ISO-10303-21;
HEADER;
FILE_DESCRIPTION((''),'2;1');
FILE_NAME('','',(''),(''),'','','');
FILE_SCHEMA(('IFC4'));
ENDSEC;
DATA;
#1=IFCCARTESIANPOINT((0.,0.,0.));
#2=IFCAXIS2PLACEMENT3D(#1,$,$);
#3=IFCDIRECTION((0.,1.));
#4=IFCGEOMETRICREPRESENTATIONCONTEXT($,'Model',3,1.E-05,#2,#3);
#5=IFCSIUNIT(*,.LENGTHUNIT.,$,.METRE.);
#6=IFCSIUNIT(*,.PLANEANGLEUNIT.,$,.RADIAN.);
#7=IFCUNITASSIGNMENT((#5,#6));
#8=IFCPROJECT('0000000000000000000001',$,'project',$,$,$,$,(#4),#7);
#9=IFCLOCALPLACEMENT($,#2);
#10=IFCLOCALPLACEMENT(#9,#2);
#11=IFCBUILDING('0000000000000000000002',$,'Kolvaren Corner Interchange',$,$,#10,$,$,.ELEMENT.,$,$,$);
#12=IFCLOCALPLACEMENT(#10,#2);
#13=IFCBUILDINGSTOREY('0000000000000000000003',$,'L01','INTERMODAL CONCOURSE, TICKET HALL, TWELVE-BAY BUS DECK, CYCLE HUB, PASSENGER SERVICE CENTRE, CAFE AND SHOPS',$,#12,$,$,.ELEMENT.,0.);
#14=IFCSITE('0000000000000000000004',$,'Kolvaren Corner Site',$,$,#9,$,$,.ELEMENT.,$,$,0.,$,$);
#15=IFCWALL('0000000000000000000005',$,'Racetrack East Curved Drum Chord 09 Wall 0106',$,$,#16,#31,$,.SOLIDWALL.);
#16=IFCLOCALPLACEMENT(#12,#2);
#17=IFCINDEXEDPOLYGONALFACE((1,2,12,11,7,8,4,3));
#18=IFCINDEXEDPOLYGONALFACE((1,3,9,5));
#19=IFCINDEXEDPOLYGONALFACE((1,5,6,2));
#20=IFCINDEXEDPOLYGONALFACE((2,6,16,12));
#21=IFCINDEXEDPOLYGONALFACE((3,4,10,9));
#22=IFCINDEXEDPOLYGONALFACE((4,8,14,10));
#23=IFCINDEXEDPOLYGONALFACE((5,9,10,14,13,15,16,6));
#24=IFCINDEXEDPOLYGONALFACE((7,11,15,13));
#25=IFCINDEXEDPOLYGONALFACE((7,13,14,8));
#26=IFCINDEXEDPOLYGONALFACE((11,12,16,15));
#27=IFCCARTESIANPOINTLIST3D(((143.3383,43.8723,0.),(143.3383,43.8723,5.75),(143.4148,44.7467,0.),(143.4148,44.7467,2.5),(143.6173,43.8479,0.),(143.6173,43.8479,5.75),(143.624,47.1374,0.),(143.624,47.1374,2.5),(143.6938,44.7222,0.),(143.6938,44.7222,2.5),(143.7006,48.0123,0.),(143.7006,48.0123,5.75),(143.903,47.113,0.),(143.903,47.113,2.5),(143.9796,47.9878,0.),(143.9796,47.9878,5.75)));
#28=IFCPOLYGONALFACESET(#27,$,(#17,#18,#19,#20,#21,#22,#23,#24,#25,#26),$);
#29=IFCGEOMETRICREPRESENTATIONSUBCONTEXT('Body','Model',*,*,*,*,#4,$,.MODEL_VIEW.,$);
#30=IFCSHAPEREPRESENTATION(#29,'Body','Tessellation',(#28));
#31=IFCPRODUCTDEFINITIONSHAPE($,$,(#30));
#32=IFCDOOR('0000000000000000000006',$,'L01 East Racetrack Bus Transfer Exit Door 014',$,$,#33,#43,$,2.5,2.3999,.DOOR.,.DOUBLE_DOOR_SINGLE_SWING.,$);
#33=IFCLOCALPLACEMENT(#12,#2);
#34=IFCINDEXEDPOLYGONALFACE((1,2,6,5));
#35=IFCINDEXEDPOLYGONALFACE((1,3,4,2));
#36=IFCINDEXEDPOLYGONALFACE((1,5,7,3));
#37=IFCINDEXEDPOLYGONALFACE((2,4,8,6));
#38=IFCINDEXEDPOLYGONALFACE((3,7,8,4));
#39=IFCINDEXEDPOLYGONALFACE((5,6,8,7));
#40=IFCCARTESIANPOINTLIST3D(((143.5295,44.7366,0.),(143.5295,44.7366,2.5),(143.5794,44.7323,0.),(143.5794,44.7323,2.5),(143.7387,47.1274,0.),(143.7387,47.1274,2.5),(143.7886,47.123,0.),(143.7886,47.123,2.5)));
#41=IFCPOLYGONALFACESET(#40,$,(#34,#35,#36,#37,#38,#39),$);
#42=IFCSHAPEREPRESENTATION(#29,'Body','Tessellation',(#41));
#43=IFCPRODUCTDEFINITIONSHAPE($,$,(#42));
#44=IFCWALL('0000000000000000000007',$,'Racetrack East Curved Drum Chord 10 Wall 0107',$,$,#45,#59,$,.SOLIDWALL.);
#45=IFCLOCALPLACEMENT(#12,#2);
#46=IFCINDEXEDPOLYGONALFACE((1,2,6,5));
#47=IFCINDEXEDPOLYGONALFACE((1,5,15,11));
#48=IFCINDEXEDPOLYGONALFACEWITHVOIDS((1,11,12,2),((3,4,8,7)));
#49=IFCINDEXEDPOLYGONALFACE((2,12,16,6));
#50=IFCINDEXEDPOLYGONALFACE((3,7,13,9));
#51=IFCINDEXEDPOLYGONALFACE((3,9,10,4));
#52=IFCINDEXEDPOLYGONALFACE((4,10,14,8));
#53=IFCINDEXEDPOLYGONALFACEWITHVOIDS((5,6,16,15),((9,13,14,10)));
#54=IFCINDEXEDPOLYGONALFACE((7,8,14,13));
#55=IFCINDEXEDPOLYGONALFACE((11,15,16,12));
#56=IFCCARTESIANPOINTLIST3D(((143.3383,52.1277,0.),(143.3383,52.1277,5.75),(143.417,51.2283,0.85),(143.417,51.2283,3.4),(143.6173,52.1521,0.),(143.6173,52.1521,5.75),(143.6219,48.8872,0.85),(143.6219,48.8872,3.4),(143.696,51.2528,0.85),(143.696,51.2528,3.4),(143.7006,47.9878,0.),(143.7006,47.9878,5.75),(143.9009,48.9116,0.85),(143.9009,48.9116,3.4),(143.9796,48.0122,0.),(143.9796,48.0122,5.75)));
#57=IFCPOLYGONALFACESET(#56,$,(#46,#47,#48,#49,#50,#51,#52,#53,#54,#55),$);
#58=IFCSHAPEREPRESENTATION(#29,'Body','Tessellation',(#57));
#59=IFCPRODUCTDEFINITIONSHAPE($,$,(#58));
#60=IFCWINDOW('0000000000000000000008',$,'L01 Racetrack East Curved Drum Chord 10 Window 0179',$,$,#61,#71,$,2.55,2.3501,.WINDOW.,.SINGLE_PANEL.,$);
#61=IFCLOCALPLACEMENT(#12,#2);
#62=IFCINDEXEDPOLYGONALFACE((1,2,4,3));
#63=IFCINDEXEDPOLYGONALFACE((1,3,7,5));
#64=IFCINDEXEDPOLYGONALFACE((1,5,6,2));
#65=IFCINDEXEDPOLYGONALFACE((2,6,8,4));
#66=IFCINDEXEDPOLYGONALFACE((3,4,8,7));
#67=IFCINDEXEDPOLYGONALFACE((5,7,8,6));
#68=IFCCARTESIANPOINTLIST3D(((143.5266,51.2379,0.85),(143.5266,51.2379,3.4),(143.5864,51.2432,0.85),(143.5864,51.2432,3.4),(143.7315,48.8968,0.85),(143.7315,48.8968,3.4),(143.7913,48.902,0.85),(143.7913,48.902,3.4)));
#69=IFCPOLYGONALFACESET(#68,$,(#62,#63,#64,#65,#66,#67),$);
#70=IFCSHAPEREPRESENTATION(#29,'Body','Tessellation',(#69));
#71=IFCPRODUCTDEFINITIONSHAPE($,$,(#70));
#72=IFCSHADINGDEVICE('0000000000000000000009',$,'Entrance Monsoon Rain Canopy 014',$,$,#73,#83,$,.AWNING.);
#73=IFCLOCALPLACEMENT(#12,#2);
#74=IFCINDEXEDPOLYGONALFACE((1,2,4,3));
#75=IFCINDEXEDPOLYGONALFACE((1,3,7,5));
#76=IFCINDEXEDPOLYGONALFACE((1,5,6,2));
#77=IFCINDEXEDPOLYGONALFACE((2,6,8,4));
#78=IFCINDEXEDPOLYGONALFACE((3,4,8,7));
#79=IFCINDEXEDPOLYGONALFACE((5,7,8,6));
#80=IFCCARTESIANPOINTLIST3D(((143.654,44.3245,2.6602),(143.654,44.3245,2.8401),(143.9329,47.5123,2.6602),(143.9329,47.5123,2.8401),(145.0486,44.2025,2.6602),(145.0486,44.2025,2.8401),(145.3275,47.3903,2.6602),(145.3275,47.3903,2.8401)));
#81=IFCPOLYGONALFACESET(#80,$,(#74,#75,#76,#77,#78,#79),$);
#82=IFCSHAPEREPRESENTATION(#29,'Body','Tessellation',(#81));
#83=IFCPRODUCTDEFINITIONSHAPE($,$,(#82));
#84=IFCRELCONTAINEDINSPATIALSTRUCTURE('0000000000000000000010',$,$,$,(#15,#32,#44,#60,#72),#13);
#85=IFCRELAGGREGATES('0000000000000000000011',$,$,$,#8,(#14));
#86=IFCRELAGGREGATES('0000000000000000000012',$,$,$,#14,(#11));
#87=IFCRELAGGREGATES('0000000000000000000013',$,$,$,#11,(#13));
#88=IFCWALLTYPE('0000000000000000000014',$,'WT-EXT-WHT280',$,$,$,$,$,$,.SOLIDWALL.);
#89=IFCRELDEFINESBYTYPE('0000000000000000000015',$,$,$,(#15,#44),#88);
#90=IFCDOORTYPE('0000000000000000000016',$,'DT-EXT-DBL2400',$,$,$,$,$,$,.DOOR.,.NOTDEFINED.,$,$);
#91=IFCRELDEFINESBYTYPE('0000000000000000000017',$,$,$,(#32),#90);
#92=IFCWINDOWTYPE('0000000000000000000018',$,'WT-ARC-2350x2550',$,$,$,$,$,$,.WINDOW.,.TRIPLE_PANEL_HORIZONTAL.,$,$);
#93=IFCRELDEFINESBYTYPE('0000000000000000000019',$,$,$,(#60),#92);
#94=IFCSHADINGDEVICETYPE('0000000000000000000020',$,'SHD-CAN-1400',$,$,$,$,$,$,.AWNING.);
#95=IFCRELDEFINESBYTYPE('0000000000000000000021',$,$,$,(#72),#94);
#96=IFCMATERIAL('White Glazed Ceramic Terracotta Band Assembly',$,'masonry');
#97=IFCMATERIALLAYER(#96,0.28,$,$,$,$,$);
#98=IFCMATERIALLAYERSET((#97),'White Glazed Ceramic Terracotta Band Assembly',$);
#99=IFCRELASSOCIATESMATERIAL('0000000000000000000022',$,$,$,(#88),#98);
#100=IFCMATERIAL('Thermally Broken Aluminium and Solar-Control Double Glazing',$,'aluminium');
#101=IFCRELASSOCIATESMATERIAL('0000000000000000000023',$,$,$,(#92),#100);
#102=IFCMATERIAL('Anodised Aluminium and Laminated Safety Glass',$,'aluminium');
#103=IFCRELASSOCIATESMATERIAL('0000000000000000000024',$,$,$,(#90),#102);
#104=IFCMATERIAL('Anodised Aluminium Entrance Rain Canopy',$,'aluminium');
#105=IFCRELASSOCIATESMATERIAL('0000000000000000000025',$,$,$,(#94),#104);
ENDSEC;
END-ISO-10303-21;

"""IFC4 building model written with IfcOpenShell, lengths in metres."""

from ifc_helpers import new_model, si_unit, direction, frame, frame_2d, origin, origin_2d, place, context, subcontext, project, spatial, rectangle, extrude, material, layer, layer_set, type_object, element, fill, save


model = new_model("IFC4")

# Units and contexts
model_context = context("Model", 3, precision=1e-05, world=origin(), true_north=direction((0.0, 1.0)))
body_context = subcontext(model_context, "Body", "Model", "MODEL_VIEW")
ifc_project = project(units=[si_unit("LENGTHUNIT", "METRE"), si_unit("PLANEANGLEUNIT", "RADIAN")], contexts=[model_context])

# Site, building, storey
site_placement = place(None, origin())
site = spatial("IfcSite", under=ifc_project, at=site_placement, Name="Kolvaren Corner Site", CompositionType="ELEMENT", RefElevation=0.0)
building_placement = place(site_placement, origin())
building = spatial("IfcBuilding", under=site, at=building_placement, Name="Kolvaren Corner Interchange", CompositionType="ELEMENT")
storey_placement = place(building_placement, origin())
storey = spatial("IfcBuildingStorey", under=building, at=storey_placement, Name="L01", Description="INTERMODAL CONCOURSE, TICKET HALL, TWELVE-BAY BUS DECK, CYCLE HUB, PASSENGER SERVICE CENTRE, CAFE AND SHOPS", CompositionType="ELEMENT", Elevation=0.0)

# Shared definitions
ifc_material_1 = material(Name="White Glazed Ceramic Terracotta Band Assembly", Category="masonry")
ifc_layer_1 = layer(ifc_material_1, 0.28)
ifc_layer_set_1 = layer_set([ifc_layer_1], Name="White Glazed Ceramic Terracotta Band Assembly")
wall_type = type_object("IfcWallType", Name="WT-EXT-WHT280", PredefinedType="SOLIDWALL", material=ifc_layer_set_1)
ifc_material_2 = material(Name="Thermally Broken Aluminium and Solar-Control Double Glazing", Category="aluminium")
window_type = type_object("IfcWindowType", Name="WT-ARC-2350x2550", PartitioningType="TRIPLE_PANEL_HORIZONTAL", PredefinedType="WINDOW", material=ifc_material_2)

# Wall, opening, door
wall_1_placement = place(storey_placement, frame((143.4778, 43.8601, 0.0), z_axis=(0.0, 0.0, 1.0), x_axis=(0.087182, 0.996192, 0.0)))
wall_1 = element("IfcWall", 1, at=wall_1_placement, inside=storey, type_object=wall_type, Name="Racetrack East Curved Drum Chord 09 Wall 0106", PredefinedType="SOLIDWALL", context=body_context, shape_type="SweptSolid", body=[
    extrude(rectangle(XDim=4.1558, YDim=0.28, at=frame_2d((2.0779, 0.0))), origin(), (0.0, 0.0, 1.0), 5.75),
])
opening_1_placement = place(wall_1_placement, frame((0.8777, 0.0, 0.0)))
opening_1 = element("IfcOpeningElement", 2, at=opening_1_placement, cuts=wall_1, PredefinedType="OPENING", context=body_context, shape_type="SweptSolid", body=[
    extrude(rectangle(XDim=2.3999, YDim=2.5, at=frame_2d((1.2, 1.25))), frame((0.0, 0.1499, 0.0), z_axis=(0.0, -1.0, 0.0), x_axis=(1.0, 0.0, 0.0)), (0.0, 0.0, 1.0), 0.3),
])
ifc_material_3 = material(Name="Anodised Aluminium and Laminated Safety Glass", Category="aluminium")
door_type = type_object("IfcDoorType", Name="DT-EXT-DBL2400", OperationType="NOTDEFINED", PredefinedType="DOOR", material=ifc_material_3)
door_placement = place(opening_1_placement, origin())
door = element("IfcDoor", 3, at=door_placement, inside=storey, type_object=door_type, Name="L01 East Racetrack Bus Transfer Exit Door 014", OperationType="DOUBLE_DOOR_SINGLE_SWING", OverallHeight=2.5, OverallWidth=2.3999, PredefinedType="DOOR", context=body_context, shape_type="SweptSolid", body=[
    extrude(rectangle(XDim=2.3999, YDim=2.5, at=frame_2d((1.2, 1.25))), frame((0.0, 0.0249, 0.0), z_axis=(0.0, -1.0, 0.0), x_axis=(1.0, 0.0, 0.0)), (0.0, 0.0, 1.0), 0.05),
])
fill(opening_1, door)

# Wall, opening, window
wall_2_placement = place(storey_placement, frame((143.8401, 48.0, 0.0), z_axis=(0.0, 0.0, 1.0), x_axis=(-0.087182, 0.996192, 0.0)))
wall_2 = element("IfcWall", 4, at=wall_2_placement, inside=storey, type_object=wall_type, Name="Racetrack East Curved Drum Chord 10 Wall 0107", PredefinedType="SOLIDWALL", context=body_context, shape_type="SweptSolid", body=[
    extrude(rectangle(XDim=4.1558, YDim=0.28, at=frame_2d((2.0779, 0.0))), origin(), (0.0, 0.0, 1.0), 5.75),
])
opening_2_placement = place(wall_2_placement, frame((0.9028, 0.0, 0.8501)))
opening_2 = element("IfcOpeningElement", 5, at=opening_2_placement, cuts=wall_2, PredefinedType="OPENING", context=body_context, shape_type="SweptSolid", body=[
    extrude(rectangle(XDim=2.3501, YDim=2.55, at=frame_2d((1.175, 1.2749))), frame((0.0, 0.1499, 0.0), z_axis=(0.0, -1.0, 0.0), x_axis=(1.0, 0.0, 0.0)), (0.0, 0.0, 1.0), 0.3),
])
window_1_placement = place(opening_2_placement, origin())
window_1 = element("IfcWindow", 6, at=window_1_placement, inside=storey, type_object=window_type, Name="L01 Racetrack East Curved Drum Chord 10 Window 0179", OverallHeight=2.55, OverallWidth=2.3501, PartitioningType="SINGLE_PANEL", PredefinedType="WINDOW", context=body_context, shape_type="SweptSolid", body=[
    extrude(rectangle(XDim=2.3501, YDim=2.55, at=frame_2d((1.175, 1.2749))), frame((0.0, 0.03, 0.0), z_axis=(0.0, -1.0, 0.0), x_axis=(1.0, 0.0, 0.0)), (0.0, 0.0, 1.0), 0.0601),
])
fill(opening_2, window_1)

# Shading device
ifc_material_4 = material(Name="Anodised Aluminium Entrance Rain Canopy", Category="aluminium")
shading_device_type = type_object("IfcShadingDeviceType", Name="SHD-CAN-1400", PredefinedType="AWNING", material=ifc_material_4)
shading_device_placement = place(storey_placement, frame((144.4907, 45.8574, 2.6602), z_axis=(0.0, 0.0, 1.0), x_axis=(0.087156, 0.996195, 0.0)))
element("IfcShadingDevice", 7, at=shading_device_placement, inside=storey, type_object=shading_device_type, Name="Entrance Monsoon Rain Canopy 014", PredefinedType="AWNING", context=body_context, shape_type="SweptSolid", body=[
    extrude(rectangle(XDim=3.2, YDim=1.3999, at=origin_2d()), origin(), (0.0, 0.0, 1.0), 0.1799),
])

save(model, "model.ifc")
